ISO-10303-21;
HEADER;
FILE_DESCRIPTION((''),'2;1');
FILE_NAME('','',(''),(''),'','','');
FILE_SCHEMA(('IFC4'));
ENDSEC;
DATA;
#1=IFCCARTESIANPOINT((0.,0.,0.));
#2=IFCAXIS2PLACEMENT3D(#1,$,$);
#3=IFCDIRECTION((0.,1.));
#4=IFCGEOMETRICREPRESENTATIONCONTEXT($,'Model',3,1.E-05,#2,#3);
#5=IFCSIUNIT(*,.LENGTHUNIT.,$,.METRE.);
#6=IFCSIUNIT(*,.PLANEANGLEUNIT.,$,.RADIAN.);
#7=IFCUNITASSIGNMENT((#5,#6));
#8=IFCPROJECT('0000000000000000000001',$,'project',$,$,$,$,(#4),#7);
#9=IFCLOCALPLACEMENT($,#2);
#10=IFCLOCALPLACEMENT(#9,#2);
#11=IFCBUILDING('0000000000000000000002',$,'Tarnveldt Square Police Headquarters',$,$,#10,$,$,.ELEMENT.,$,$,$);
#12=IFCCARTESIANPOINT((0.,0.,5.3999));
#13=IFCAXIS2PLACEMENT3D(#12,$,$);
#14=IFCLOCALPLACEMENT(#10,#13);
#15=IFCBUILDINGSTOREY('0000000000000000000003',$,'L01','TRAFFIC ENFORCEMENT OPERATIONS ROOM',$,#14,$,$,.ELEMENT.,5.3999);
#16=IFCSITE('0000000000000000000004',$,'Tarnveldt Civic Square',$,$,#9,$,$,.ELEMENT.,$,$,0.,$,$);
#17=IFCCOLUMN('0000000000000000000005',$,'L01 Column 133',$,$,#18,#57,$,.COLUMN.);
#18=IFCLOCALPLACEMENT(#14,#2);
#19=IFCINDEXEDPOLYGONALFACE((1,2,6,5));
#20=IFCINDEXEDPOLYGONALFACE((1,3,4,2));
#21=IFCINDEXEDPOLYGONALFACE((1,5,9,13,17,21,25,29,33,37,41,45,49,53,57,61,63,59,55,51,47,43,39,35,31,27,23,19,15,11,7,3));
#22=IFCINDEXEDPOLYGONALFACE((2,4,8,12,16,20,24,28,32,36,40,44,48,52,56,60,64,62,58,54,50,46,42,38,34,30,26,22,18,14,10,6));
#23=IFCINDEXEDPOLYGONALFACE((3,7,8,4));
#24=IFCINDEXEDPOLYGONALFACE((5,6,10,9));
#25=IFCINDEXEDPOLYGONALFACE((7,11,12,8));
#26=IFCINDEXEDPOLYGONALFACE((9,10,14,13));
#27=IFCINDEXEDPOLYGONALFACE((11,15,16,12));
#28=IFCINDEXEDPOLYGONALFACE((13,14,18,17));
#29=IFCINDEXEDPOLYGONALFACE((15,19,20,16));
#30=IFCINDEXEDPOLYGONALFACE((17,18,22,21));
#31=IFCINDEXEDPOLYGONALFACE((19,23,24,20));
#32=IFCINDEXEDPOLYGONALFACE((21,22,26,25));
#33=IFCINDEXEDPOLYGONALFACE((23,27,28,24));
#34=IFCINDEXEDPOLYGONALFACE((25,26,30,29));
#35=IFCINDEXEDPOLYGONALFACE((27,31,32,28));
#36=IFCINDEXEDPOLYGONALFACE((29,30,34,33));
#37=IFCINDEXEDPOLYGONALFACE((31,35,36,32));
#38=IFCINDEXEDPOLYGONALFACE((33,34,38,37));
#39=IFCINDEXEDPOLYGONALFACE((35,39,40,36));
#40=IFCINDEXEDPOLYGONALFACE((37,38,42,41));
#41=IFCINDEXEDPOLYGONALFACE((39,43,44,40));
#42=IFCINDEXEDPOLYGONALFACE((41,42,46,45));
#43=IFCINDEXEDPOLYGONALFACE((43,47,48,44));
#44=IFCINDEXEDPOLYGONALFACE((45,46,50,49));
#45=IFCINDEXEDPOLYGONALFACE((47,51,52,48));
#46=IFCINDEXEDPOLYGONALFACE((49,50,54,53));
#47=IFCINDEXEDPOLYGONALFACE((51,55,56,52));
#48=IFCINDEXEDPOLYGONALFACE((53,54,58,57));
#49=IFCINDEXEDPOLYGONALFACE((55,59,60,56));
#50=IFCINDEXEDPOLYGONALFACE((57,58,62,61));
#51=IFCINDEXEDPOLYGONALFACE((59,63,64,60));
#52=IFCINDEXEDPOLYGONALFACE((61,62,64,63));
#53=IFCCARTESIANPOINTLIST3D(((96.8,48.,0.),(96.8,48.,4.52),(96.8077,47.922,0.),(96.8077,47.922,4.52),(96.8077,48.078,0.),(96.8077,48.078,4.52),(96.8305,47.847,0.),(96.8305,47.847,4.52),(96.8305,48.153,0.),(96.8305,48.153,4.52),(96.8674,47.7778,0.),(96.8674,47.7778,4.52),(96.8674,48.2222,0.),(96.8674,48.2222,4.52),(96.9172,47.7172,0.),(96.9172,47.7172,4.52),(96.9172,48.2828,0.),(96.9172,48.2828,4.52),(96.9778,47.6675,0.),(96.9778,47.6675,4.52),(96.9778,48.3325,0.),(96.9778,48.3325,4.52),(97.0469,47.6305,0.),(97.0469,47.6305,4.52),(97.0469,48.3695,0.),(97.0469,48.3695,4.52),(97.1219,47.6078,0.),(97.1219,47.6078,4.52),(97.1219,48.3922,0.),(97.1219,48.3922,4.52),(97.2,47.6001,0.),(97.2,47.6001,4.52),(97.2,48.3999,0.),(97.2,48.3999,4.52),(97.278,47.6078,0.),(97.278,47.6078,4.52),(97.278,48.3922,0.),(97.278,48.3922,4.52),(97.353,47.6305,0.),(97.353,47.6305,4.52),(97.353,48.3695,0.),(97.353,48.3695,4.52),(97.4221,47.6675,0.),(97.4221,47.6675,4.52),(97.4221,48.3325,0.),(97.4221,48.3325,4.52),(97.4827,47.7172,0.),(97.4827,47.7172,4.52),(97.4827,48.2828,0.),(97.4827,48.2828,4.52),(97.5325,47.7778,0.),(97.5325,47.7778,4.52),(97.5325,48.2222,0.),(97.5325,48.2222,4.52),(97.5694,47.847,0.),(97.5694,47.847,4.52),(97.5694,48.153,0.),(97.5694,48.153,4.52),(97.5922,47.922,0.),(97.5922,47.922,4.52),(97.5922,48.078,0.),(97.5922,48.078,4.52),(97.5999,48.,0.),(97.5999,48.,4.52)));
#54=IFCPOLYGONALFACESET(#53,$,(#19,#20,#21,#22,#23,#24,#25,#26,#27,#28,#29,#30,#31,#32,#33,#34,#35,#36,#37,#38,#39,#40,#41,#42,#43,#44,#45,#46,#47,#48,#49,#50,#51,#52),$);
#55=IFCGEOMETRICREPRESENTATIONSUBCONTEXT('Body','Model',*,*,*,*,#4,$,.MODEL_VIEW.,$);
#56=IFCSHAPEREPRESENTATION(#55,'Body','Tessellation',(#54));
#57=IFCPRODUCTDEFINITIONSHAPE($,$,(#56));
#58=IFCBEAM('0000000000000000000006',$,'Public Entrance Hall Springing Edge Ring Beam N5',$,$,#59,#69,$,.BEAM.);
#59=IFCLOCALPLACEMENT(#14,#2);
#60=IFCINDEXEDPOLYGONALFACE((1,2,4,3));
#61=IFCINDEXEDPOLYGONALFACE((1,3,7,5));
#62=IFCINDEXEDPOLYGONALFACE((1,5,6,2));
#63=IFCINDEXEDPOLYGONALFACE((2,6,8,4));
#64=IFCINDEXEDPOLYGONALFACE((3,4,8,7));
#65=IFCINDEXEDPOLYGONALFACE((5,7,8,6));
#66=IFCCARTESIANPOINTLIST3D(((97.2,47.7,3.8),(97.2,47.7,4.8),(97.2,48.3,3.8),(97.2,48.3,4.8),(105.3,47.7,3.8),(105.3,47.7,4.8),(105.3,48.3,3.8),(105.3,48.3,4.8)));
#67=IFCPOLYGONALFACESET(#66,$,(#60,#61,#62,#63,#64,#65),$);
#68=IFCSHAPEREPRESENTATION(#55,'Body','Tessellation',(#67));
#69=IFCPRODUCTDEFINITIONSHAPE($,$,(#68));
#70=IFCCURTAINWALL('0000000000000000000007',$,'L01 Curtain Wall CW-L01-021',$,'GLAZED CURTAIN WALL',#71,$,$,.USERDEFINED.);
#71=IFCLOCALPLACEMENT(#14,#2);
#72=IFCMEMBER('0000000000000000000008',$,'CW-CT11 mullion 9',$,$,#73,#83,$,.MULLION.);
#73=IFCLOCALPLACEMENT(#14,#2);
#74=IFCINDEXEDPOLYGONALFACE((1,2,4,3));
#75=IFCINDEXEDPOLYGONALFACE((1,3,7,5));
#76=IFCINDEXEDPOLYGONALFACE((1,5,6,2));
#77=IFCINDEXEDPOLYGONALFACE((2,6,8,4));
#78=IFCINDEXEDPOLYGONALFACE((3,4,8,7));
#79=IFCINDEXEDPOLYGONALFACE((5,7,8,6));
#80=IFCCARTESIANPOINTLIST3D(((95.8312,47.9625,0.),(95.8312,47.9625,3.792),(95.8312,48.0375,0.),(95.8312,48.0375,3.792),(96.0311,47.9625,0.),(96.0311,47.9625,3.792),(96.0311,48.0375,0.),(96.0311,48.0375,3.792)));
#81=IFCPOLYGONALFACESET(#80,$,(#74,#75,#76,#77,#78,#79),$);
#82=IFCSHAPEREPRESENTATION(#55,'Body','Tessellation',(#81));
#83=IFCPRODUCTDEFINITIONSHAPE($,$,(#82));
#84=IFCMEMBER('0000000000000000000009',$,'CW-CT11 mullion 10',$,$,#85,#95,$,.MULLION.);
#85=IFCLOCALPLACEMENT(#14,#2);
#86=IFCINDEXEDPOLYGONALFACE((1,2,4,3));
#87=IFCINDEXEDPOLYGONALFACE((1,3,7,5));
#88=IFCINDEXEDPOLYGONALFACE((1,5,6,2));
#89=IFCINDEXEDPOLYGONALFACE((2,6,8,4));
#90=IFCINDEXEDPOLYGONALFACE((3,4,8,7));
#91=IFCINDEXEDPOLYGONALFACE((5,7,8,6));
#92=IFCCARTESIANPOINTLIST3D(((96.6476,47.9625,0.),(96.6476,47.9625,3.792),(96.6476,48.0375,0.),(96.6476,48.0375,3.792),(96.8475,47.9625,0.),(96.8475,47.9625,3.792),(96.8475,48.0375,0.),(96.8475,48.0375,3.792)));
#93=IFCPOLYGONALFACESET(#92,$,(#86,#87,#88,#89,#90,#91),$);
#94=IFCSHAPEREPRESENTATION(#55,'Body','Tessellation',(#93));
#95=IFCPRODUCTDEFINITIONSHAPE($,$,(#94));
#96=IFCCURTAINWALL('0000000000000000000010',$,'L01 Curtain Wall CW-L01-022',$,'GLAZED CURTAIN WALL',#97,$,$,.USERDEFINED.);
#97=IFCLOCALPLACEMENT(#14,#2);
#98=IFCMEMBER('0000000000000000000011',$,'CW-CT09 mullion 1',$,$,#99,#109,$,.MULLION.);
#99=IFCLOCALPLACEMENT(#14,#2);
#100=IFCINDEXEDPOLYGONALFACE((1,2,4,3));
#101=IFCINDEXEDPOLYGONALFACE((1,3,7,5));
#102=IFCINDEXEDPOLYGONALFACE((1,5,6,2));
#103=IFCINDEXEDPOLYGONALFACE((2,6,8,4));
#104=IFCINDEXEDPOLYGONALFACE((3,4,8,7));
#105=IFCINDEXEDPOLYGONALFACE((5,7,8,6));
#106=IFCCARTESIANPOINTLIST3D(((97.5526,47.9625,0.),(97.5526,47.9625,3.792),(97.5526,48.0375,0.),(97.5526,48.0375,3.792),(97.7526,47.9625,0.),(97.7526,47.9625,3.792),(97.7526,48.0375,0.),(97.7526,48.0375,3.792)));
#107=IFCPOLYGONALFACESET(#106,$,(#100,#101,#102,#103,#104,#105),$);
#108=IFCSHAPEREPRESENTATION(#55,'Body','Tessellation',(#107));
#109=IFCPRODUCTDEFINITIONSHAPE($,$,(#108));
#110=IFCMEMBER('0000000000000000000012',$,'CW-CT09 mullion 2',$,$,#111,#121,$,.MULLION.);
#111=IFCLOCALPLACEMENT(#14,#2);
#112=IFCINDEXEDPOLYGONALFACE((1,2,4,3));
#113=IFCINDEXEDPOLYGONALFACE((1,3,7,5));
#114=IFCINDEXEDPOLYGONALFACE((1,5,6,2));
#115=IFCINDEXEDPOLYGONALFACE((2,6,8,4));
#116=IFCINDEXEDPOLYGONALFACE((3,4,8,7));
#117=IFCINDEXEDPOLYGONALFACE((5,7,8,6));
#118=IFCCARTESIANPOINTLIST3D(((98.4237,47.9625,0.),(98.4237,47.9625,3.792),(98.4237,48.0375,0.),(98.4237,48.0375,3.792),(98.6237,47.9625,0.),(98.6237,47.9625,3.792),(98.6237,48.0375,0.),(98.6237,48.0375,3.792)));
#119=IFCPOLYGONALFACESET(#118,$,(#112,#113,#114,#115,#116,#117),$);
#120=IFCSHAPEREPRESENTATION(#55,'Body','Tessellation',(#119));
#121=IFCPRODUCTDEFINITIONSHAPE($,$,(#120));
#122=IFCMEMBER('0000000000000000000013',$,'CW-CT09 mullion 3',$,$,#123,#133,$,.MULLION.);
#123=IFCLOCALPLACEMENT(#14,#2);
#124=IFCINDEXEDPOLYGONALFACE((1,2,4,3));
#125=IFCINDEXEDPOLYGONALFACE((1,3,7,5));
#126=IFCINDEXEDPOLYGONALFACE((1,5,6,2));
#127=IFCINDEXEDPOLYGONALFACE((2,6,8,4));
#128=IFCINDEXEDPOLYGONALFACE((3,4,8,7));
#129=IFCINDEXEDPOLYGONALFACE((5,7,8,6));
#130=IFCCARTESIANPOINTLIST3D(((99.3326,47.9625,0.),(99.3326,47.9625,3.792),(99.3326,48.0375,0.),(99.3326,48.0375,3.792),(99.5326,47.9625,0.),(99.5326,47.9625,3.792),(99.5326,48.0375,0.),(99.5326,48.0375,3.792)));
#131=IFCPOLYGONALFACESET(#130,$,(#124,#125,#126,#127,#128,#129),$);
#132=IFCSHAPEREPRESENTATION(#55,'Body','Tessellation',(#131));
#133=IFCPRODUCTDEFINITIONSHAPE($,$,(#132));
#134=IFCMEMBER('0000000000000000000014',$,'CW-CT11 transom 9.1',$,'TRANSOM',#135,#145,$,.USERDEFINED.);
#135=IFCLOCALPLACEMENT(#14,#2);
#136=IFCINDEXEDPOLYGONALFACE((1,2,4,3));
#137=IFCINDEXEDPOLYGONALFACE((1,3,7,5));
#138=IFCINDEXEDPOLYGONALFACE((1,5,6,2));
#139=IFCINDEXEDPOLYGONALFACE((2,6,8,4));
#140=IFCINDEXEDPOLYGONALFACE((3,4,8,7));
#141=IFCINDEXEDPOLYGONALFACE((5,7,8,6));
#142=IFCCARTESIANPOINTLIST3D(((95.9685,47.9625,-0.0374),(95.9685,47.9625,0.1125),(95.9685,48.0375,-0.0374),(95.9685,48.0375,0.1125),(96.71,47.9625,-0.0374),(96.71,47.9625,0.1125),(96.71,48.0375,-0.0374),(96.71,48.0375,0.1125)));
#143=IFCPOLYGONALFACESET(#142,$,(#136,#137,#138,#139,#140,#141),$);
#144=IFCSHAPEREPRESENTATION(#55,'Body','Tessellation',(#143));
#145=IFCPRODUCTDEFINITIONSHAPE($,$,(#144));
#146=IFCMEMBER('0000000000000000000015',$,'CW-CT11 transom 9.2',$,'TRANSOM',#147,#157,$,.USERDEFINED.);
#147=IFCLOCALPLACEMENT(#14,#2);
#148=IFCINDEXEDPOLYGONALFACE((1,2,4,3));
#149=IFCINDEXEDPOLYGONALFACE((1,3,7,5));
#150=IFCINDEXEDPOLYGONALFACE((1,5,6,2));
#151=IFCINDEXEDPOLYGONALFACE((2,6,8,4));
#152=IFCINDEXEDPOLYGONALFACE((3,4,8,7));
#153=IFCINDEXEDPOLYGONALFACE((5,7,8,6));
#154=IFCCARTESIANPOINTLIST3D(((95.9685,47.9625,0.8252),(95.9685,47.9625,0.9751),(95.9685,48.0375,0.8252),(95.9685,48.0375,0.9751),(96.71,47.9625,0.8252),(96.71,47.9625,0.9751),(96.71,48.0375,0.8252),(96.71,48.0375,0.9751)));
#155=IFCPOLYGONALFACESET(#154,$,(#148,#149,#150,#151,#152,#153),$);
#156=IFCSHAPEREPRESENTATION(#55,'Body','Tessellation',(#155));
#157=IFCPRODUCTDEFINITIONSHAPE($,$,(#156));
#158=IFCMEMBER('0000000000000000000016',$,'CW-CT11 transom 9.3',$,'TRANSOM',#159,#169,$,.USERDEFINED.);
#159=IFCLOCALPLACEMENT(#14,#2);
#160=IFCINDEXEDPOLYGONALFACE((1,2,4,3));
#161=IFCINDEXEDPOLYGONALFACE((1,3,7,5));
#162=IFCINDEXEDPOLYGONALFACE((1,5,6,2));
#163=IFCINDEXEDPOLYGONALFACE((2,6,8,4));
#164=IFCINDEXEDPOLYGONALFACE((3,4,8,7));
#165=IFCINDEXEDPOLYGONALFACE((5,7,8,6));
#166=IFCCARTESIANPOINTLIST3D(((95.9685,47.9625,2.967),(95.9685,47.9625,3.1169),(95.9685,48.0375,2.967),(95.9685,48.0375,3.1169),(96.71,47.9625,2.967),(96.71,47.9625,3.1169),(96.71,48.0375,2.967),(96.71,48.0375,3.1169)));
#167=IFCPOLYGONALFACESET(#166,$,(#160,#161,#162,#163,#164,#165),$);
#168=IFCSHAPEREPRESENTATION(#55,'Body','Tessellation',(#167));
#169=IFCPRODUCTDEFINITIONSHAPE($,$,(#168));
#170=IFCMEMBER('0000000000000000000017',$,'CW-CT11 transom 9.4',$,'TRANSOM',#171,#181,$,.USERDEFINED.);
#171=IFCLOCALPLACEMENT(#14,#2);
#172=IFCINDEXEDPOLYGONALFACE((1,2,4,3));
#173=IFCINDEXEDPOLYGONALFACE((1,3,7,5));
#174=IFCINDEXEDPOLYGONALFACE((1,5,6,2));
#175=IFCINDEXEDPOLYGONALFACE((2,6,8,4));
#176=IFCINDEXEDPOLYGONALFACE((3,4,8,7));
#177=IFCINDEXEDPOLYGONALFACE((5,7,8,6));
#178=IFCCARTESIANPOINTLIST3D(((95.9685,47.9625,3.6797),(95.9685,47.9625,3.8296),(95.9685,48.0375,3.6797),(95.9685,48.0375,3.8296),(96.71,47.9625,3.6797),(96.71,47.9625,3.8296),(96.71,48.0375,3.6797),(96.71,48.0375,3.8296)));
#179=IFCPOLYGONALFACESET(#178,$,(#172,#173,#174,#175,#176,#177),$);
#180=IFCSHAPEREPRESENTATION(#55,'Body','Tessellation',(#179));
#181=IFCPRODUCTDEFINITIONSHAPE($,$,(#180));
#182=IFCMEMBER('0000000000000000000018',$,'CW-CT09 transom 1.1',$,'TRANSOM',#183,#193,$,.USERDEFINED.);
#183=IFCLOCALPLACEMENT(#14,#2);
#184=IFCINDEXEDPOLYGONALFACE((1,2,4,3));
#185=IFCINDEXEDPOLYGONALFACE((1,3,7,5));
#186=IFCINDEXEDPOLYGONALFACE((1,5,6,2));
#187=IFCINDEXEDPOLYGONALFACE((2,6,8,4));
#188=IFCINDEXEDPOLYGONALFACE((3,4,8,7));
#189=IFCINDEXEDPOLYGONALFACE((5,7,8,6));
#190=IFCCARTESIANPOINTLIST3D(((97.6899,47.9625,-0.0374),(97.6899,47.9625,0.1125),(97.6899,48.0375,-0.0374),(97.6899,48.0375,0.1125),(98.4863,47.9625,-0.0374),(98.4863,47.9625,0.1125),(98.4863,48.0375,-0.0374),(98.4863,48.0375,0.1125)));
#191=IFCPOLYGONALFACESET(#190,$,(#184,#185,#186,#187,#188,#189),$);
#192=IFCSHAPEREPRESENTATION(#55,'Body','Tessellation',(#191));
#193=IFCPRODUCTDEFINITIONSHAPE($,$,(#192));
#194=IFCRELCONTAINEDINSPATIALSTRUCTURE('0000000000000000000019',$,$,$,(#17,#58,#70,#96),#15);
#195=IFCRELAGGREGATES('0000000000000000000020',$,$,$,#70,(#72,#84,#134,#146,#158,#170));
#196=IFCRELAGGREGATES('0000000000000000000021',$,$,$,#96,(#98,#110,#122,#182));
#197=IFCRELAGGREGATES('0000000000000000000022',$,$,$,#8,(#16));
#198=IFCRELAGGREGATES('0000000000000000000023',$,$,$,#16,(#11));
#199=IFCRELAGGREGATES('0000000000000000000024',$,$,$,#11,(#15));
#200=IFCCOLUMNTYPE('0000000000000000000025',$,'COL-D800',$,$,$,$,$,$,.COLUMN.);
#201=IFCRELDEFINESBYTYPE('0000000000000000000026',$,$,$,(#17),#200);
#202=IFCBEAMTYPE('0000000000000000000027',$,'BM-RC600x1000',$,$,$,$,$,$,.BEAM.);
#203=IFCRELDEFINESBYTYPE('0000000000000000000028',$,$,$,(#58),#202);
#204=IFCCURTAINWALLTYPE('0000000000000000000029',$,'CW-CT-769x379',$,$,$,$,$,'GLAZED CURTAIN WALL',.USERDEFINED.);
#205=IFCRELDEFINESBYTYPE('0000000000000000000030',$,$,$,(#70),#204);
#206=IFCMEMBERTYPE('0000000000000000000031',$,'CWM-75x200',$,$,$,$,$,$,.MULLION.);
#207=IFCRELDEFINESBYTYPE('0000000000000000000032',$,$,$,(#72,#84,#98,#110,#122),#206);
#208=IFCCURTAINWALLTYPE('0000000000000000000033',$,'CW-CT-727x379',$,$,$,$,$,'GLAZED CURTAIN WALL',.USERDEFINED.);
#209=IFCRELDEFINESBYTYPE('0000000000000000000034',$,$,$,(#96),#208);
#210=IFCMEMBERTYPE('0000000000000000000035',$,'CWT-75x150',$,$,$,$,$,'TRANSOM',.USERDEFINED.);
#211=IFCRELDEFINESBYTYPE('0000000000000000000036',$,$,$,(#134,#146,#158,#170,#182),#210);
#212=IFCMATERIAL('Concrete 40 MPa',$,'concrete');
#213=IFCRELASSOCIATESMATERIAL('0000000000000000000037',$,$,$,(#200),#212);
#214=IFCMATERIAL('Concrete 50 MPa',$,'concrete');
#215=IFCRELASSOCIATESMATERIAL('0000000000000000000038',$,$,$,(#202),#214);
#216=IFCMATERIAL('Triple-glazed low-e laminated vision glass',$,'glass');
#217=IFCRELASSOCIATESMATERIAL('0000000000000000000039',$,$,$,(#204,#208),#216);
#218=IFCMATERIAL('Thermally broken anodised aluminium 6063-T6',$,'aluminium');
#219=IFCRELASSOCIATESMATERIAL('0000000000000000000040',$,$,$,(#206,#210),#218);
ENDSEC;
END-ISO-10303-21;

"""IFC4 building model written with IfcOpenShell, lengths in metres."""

from ifc_helpers import new_model, si_unit, direction, frame, origin, origin_2d, place, context, subcontext, project, spatial, rectangle, circle, extrude, material, material_profile, profile_set, type_object, element, aggregate, save


model = new_model("IFC4")

# Units and contexts
model_context = context("Model", 3, precision=1e-05, world=origin(), true_north=direction((0.0, 1.0)))
body_context = subcontext(model_context, "Body", "Model", "MODEL_VIEW")
ifc_project = project(units=[si_unit("LENGTHUNIT", "METRE"), si_unit("PLANEANGLEUNIT", "RADIAN")], contexts=[model_context])

# Site, building, storey
site_placement = place(None, origin())
site = spatial("IfcSite", under=ifc_project, at=site_placement, Name="Tarnveldt Civic Square", CompositionType="ELEMENT", RefElevation=0.0)
building_placement = place(site_placement, origin())
building = spatial("IfcBuilding", under=site, at=building_placement, Name="Tarnveldt Square Police Headquarters", CompositionType="ELEMENT")
storey_placement = place(building_placement, frame((0.0, 0.0, 5.3999)))
storey = spatial("IfcBuildingStorey", under=building, at=storey_placement, Name="L01", Description="TRAFFIC ENFORCEMENT OPERATIONS ROOM", CompositionType="ELEMENT", Elevation=5.3999)

# Column
ifc_material_1 = material(Name="Concrete 40 MPa", Category="concrete")
ifc_material_profile_1 = material_profile(ifc_material_1, circle(Radius=0.3999, at=origin_2d()), Name="RC-D800")
ifc_profile_set_1 = profile_set([ifc_material_profile_1], Name="Concrete 40 MPa")
column_type = type_object("IfcColumnType", Name="COL-D800", PredefinedType="COLUMN", material=ifc_profile_set_1)
column_placement = place(storey_placement, frame((97.2, 48.0, 0.0), z_axis=(0.0, 0.0, 1.0), x_axis=(1.0, 0.0, 0.0)))
element("IfcColumn", 1, at=column_placement, inside=storey, type_object=column_type, Name="L01 Column 133", PredefinedType="COLUMN", context=body_context, shape_type="SweptSolid", body=[
    extrude(circle(Radius=0.3999, at=origin_2d()), origin(), (0.0, 0.0, 1.0), 4.52),
])

# Beam
ifc_material_2 = material(Name="Concrete 50 MPa", Category="concrete")
ifc_material_profile_2 = material_profile(ifc_material_2, rectangle(XDim=0.6001, YDim=1.0, at=origin_2d()), Name="RC-B600x1000")
ifc_profile_set_2 = profile_set([ifc_material_profile_2], Name="Concrete 50 MPa")
beam_type = type_object("IfcBeamType", Name="BM-RC600x1000", PredefinedType="BEAM", material=ifc_profile_set_2)
beam_placement = place(storey_placement, frame((97.2, 48.0, 4.3), z_axis=(1.0, 0.0, 0.0), x_axis=(0.0, 1.0, 0.0)))
element("IfcBeam", 2, at=beam_placement, inside=storey, type_object=beam_type, Name="Public Entrance Hall Springing Edge Ring Beam N5", PredefinedType="BEAM", context=body_context, shape_type="SweptSolid", body=[
    extrude(rectangle(XDim=0.6001, YDim=1.0, at=origin_2d()), origin(), (0.0, 0.0, 1.0), 8.1001),
])

# Curtain walls, members
ifc_material_3 = material(Name="Triple-glazed low-e laminated vision glass", Category="glass")
curtain_wall_type_1 = type_object("IfcCurtainWallType", Name="CW-CT-769x379", ElementType="GLAZED CURTAIN WALL", PredefinedType="USERDEFINED", material=ifc_material_3)
curtain_wall_1_placement = place(storey_placement, origin())
curtain_wall_1 = element("IfcCurtainWall", 3, at=curtain_wall_1_placement, inside=storey, type_object=curtain_wall_type_1, Name="L01 Curtain Wall CW-L01-021", ObjectType="GLAZED CURTAIN WALL", PredefinedType="USERDEFINED")
ifc_material_4 = material(Name="Thermally broken anodised aluminium 6063-T6", Category="aluminium")
ifc_material_profile_3 = material_profile(ifc_material_4, rectangle(XDim=0.075, YDim=0.2, at=origin_2d()), Name="CW-M75x200")
ifc_profile_set_3 = profile_set([ifc_material_profile_3], Name="Thermally broken anodised aluminium 6063-T6")
member_type_1 = type_object("IfcMemberType", Name="CWM-75x200", PredefinedType="MULLION", material=ifc_profile_set_3)
member_1_placement = place(storey_placement, frame((95.9312, 48.0, 0.0), z_axis=(0.0, 0.0, 1.0), x_axis=(0.0, 1.0, 0.0)))
member_1 = element("IfcMember", 4, at=member_1_placement, type_object=member_type_1, Name="CW-CT11 mullion 9", PredefinedType="MULLION", context=body_context, shape_type="SweptSolid", body=[
    extrude(rectangle(XDim=0.075, YDim=0.2, at=origin_2d()), origin(), (0.0, 0.0, 1.0), 3.792),
])
member_2_placement = place(storey_placement, frame((96.7476, 48.0, 0.0), z_axis=(0.0, 0.0, 1.0), x_axis=(0.0, 1.0, 0.0)))
member_2 = element("IfcMember", 5, at=member_2_placement, type_object=member_type_1, Name="CW-CT11 mullion 10", PredefinedType="MULLION", context=body_context, shape_type="SweptSolid", body=[
    extrude(rectangle(XDim=0.075, YDim=0.2, at=origin_2d()), origin(), (0.0, 0.0, 1.0), 3.792),
])
curtain_wall_type_2 = type_object("IfcCurtainWallType", Name="CW-CT-727x379", ElementType="GLAZED CURTAIN WALL", PredefinedType="USERDEFINED", material=ifc_material_3)
curtain_wall_2_placement = place(storey_placement, origin())
curtain_wall_2 = element("IfcCurtainWall", 6, at=curtain_wall_2_placement, inside=storey, type_object=curtain_wall_type_2, Name="L01 Curtain Wall CW-L01-022", ObjectType="GLAZED CURTAIN WALL", PredefinedType="USERDEFINED")
member_3_placement = place(storey_placement, frame((97.6526, 48.0, 0.0), z_axis=(0.0, 0.0, 1.0), x_axis=(0.0, 1.0, 0.0)))
member_3 = element("IfcMember", 7, at=member_3_placement, type_object=member_type_1, Name="CW-CT09 mullion 1", PredefinedType="MULLION", context=body_context, shape_type="SweptSolid", body=[
    extrude(rectangle(XDim=0.075, YDim=0.2, at=origin_2d()), origin(), (0.0, 0.0, 1.0), 3.792),
])
member_4_placement = place(storey_placement, frame((98.5237, 48.0, 0.0), z_axis=(0.0, 0.0, 1.0), x_axis=(0.0, 1.0, 0.0)))
member_4 = element("IfcMember", 8, at=member_4_placement, type_object=member_type_1, Name="CW-CT09 mullion 2", PredefinedType="MULLION", context=body_context, shape_type="SweptSolid", body=[
    extrude(rectangle(XDim=0.075, YDim=0.2, at=origin_2d()), origin(), (0.0, 0.0, 1.0), 3.792),
])
member_5_placement = place(storey_placement, frame((99.4326, 48.0, 0.0), z_axis=(0.0, 0.0, 1.0), x_axis=(0.0, 1.0, 0.0)))
member_5 = element("IfcMember", 9, at=member_5_placement, type_object=member_type_1, Name="CW-CT09 mullion 3", PredefinedType="MULLION", context=body_context, shape_type="SweptSolid", body=[
    extrude(rectangle(XDim=0.075, YDim=0.2, at=origin_2d()), origin(), (0.0, 0.0, 1.0), 3.792),
])

# Members
ifc_material_profile_4 = material_profile(ifc_material_4, rectangle(XDim=0.075, YDim=0.1499, at=origin_2d()), Name="CW-T75x150")
ifc_profile_set_4 = profile_set([ifc_material_profile_4], Name="Thermally broken anodised aluminium 6063-T6")
member_type_2 = type_object("IfcMemberType", Name="CWT-75x150", ElementType="TRANSOM", PredefinedType="USERDEFINED", material=ifc_profile_set_4)
member_6_placement = place(storey_placement, frame((95.9685, 48.0, 0.0376), z_axis=(1.0, 0.0, 0.0), x_axis=(0.0, 1.0, 0.0)))
member_6 = element("IfcMember", 10, at=member_6_placement, type_object=member_type_2, Name="CW-CT11 transom 9.1", ObjectType="TRANSOM", PredefinedType="USERDEFINED", context=body_context, shape_type="SweptSolid", body=[
    extrude(rectangle(XDim=0.075, YDim=0.1499, at=origin_2d()), origin(), (0.0, 0.0, 1.0), 0.7415),
])
member_7_placement = place(storey_placement, frame((95.9685, 48.0, 0.9001), z_axis=(1.0, 0.0, 0.0), x_axis=(0.0, 1.0, 0.0)))
member_7 = element("IfcMember", 11, at=member_7_placement, type_object=member_type_2, Name="CW-CT11 transom 9.2", ObjectType="TRANSOM", PredefinedType="USERDEFINED", context=body_context, shape_type="SweptSolid", body=[
    extrude(rectangle(XDim=0.075, YDim=0.1499, at=origin_2d()), origin(), (0.0, 0.0, 1.0), 0.7415),
])
member_8_placement = place(storey_placement, frame((95.9685, 48.0, 3.042), z_axis=(1.0, 0.0, 0.0), x_axis=(0.0, 1.0, 0.0)))
member_8 = element("IfcMember", 12, at=member_8_placement, type_object=member_type_2, Name="CW-CT11 transom 9.3", ObjectType="TRANSOM", PredefinedType="USERDEFINED", context=body_context, shape_type="SweptSolid", body=[
    extrude(rectangle(XDim=0.075, YDim=0.1499, at=origin_2d()), origin(), (0.0, 0.0, 1.0), 0.7415),
])
member_9_placement = place(storey_placement, frame((95.9685, 48.0, 3.7546), z_axis=(1.0, 0.0, 0.0), x_axis=(0.0, 1.0, 0.0)))
member_9 = element("IfcMember", 13, at=member_9_placement, type_object=member_type_2, Name="CW-CT11 transom 9.4", ObjectType="TRANSOM", PredefinedType="USERDEFINED", context=body_context, shape_type="SweptSolid", body=[
    extrude(rectangle(XDim=0.075, YDim=0.1499, at=origin_2d()), origin(), (0.0, 0.0, 1.0), 0.7415),
])
member_10_placement = place(storey_placement, frame((97.6899, 48.0, 0.0376), z_axis=(1.0, 0.0, 0.0), x_axis=(0.0, 1.0, 0.0)))
member_10 = element("IfcMember", 14, at=member_10_placement, type_object=member_type_2, Name="CW-CT09 transom 1.1", ObjectType="TRANSOM", PredefinedType="USERDEFINED", context=body_context, shape_type="SweptSolid", body=[
    extrude(rectangle(XDim=0.075, YDim=0.1499, at=origin_2d()), origin(), (0.0, 0.0, 1.0), 0.7964),
])

aggregate(curtain_wall_1, [member_1, member_2, member_6, member_7, member_8, member_9])
aggregate(curtain_wall_2, [member_3, member_4, member_5, member_10])

save(model, "model.ifc")
